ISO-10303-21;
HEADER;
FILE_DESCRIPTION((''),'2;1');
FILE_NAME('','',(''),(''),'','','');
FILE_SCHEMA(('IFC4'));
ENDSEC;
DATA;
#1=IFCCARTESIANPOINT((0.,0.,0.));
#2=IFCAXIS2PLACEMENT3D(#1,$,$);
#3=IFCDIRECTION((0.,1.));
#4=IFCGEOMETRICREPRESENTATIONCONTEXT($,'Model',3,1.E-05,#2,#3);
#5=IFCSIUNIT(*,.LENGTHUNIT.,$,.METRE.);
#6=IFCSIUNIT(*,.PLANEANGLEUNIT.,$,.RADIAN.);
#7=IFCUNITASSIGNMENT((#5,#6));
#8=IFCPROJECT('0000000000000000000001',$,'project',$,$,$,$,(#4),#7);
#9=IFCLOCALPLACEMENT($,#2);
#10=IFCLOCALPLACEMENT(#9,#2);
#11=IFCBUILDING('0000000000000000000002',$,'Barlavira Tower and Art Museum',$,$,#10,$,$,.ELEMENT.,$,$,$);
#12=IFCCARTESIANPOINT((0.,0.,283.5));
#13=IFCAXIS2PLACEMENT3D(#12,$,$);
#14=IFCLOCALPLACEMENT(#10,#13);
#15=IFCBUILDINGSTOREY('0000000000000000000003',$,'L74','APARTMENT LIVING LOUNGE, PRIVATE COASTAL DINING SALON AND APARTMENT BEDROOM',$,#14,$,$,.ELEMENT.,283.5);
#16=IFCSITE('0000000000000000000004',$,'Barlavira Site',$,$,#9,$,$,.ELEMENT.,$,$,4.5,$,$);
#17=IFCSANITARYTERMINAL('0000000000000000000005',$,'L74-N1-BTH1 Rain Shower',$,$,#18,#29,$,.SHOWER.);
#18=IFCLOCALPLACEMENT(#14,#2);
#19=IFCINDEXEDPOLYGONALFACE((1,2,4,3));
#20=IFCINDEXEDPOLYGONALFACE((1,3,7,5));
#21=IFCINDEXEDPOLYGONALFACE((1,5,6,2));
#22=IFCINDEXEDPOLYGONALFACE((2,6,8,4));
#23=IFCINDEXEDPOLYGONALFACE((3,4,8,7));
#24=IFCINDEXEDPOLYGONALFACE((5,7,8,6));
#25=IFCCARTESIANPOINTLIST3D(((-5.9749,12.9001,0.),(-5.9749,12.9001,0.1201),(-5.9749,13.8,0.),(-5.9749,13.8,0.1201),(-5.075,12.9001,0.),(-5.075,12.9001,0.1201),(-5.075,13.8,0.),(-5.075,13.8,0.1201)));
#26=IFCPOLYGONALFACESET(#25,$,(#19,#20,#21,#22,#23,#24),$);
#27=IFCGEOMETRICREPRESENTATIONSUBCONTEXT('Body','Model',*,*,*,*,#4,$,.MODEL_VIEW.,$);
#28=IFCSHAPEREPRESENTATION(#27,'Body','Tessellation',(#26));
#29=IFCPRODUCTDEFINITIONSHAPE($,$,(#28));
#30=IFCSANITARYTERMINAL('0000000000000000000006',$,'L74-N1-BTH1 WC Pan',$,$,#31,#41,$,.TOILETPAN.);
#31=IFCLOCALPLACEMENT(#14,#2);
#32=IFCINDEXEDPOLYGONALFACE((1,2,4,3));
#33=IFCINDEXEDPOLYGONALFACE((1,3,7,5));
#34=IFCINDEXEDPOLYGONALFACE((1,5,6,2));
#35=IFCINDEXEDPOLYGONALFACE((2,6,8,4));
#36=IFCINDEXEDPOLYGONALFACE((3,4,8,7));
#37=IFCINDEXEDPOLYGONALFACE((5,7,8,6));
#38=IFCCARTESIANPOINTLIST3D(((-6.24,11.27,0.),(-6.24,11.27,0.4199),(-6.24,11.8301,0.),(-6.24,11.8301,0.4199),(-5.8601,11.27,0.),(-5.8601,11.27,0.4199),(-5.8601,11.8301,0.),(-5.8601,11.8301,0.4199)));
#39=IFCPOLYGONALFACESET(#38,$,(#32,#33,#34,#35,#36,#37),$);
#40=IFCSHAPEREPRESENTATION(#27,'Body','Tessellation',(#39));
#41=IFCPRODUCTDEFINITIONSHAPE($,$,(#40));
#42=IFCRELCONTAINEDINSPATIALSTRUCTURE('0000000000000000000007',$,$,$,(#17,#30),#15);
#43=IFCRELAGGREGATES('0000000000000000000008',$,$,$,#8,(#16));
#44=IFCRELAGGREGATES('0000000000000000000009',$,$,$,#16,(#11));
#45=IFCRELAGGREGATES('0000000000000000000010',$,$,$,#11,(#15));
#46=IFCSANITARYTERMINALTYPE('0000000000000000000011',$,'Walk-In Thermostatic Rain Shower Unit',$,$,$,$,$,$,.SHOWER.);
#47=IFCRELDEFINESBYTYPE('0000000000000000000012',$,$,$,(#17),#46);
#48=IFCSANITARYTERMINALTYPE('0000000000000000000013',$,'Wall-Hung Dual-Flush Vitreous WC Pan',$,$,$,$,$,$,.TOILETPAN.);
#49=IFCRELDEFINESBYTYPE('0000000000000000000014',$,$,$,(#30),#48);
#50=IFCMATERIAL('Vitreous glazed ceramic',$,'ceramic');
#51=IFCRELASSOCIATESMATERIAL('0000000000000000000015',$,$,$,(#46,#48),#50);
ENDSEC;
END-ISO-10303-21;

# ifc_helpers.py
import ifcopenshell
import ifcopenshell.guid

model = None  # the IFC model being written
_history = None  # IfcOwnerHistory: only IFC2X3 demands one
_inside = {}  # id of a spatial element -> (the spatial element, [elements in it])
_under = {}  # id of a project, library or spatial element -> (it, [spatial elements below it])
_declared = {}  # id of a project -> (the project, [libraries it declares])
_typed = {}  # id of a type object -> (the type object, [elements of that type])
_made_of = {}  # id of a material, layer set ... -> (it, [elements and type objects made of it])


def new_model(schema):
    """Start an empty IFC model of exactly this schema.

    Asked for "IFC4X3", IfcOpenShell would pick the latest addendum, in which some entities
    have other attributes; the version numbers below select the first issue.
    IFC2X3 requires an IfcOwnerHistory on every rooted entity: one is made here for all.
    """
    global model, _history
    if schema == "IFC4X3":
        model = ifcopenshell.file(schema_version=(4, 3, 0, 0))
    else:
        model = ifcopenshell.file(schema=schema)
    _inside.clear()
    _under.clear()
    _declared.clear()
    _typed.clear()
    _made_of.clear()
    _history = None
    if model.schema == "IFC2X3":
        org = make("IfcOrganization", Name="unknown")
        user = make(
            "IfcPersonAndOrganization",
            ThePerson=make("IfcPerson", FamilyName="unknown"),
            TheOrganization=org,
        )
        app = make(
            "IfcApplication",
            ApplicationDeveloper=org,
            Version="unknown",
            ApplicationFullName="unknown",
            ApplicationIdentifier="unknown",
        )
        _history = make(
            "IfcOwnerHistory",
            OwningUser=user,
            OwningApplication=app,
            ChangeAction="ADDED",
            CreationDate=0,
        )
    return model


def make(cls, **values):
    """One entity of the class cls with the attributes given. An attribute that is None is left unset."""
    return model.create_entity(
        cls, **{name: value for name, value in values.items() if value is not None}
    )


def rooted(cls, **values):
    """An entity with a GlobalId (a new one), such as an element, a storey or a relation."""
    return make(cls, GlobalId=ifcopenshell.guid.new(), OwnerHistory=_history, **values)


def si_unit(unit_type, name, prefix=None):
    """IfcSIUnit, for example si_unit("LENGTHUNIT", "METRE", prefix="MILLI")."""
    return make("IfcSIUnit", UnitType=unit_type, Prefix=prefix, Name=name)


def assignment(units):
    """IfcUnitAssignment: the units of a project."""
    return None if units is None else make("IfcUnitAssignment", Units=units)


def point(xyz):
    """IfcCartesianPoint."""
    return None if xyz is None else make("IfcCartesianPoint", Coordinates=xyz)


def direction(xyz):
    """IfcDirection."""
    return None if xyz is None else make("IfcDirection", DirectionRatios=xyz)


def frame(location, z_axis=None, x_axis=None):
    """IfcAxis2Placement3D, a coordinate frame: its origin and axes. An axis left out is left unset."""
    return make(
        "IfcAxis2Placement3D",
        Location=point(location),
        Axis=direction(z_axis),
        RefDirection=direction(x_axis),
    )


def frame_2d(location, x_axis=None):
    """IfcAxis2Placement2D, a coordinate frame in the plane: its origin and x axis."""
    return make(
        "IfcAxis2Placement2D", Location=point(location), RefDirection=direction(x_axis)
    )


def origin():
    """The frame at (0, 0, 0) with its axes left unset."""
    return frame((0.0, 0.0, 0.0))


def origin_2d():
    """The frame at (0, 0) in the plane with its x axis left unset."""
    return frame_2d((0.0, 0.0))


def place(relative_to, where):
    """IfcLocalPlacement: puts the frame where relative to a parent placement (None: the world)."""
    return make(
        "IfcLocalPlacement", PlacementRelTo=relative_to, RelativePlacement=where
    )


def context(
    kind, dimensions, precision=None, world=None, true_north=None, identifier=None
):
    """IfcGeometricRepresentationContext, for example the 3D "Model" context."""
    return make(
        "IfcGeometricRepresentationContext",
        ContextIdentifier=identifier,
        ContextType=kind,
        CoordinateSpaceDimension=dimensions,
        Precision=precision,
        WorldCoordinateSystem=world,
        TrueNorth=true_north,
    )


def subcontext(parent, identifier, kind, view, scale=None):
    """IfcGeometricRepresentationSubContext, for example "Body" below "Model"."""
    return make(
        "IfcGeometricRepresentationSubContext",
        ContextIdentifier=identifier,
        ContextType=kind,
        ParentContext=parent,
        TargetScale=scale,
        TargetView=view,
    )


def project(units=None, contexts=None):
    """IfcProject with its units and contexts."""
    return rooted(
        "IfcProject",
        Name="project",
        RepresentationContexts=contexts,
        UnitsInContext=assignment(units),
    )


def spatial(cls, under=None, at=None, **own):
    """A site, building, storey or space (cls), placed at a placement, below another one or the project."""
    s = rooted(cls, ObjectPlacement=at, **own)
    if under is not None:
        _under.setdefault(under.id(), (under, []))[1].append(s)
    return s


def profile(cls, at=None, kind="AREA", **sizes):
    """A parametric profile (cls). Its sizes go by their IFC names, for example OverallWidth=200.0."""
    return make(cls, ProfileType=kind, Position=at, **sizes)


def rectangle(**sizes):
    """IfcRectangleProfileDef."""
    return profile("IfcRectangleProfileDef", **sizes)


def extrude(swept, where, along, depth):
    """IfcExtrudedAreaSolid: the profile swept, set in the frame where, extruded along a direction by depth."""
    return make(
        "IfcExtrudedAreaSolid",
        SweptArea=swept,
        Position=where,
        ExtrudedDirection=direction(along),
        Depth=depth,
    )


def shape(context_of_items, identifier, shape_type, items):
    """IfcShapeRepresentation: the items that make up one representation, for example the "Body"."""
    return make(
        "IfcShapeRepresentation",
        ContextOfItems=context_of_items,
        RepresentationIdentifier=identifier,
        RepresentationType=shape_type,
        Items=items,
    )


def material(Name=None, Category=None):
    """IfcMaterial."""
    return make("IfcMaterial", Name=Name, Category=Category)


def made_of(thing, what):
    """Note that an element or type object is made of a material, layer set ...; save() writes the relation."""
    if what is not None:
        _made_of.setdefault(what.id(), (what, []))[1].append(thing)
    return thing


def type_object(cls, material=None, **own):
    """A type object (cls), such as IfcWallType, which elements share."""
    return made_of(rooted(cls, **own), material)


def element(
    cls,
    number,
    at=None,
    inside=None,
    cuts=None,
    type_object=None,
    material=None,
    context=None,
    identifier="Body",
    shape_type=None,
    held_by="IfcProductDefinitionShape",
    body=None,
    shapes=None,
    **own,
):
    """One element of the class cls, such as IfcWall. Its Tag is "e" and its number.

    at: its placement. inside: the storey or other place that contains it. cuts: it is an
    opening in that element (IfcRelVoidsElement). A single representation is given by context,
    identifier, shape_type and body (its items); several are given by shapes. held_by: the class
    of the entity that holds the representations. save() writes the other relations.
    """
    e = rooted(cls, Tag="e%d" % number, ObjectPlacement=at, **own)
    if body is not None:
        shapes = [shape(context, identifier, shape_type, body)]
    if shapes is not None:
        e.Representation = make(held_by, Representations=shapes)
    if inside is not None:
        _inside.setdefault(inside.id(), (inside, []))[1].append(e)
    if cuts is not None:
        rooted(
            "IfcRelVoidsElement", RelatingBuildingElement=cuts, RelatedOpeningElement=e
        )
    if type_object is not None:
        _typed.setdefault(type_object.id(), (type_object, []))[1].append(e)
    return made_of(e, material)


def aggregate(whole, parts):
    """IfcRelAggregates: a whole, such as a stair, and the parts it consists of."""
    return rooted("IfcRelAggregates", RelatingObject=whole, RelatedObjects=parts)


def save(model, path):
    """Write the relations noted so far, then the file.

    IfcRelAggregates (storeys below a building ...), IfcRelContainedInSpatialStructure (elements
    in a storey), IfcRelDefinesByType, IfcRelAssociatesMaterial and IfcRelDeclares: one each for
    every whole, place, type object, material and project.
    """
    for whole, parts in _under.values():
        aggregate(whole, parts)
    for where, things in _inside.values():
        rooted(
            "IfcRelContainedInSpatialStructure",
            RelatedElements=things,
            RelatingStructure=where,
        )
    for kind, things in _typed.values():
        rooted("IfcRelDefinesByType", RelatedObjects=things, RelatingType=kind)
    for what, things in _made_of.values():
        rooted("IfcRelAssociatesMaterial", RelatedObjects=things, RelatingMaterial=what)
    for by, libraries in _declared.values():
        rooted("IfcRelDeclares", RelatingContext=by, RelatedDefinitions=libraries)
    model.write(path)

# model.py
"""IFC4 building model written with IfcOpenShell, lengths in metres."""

from ifc_helpers import new_model, si_unit, direction, frame, origin, origin_2d, place, context, subcontext, project, spatial, rectangle, extrude, material, type_object, element, save


model = new_model("IFC4")

# Units and contexts
model_context = context("Model", 3, precision=1e-05, world=origin(), true_north=direction((0.0, 1.0)))
body_context = subcontext(model_context, "Body", "Model", "MODEL_VIEW")
ifc_project = project(units=[si_unit("LENGTHUNIT", "METRE"), si_unit("PLANEANGLEUNIT", "RADIAN")], contexts=[model_context])

# Site, building, storey
site_placement = place(None, origin())
site = spatial("IfcSite", under=ifc_project, at=site_placement, Name="Barlavira Site", CompositionType="ELEMENT", RefElevation=4.5)
building_placement = place(site_placement, origin())
building = spatial("IfcBuilding", under=site, at=building_placement, Name="Barlavira Tower and Art Museum", CompositionType="ELEMENT")
storey_placement = place(building_placement, frame((0.0, 0.0, 283.5)))
storey = spatial("IfcBuildingStorey", under=building, at=storey_placement, Name="L74", Description="APARTMENT LIVING LOUNGE, PRIVATE COASTAL DINING SALON AND APARTMENT BEDROOM", CompositionType="ELEMENT", Elevation=283.5)

# Sanitary terminals
ifc_material_1 = material(Name="Vitreous glazed ceramic", Category="ceramic")
sanitary_terminal_type_1 = type_object("IfcSanitaryTerminalType", Name="Walk-In Thermostatic Rain Shower Unit", PredefinedType="SHOWER", material=ifc_material_1)
sanitary_terminal_1_placement = place(storey_placement, frame((-5.5249, 13.3501, 0.0), z_axis=(0.0, 0.0, 1.0), x_axis=(1.0, 0.0, 0.0)))
element("IfcSanitaryTerminal", 1, at=sanitary_terminal_1_placement, inside=storey, type_object=sanitary_terminal_type_1, Name="L74-N1-BTH1 Rain Shower", PredefinedType="SHOWER", context=body_context, shape_type="SweptSolid", body=[
    extrude(rectangle(XDim=0.8999, YDim=0.8999, at=origin_2d()), origin(), (0.0, 0.0, 1.0), 0.1201),
])
sanitary_terminal_type_2 = type_object("IfcSanitaryTerminalType", Name="Wall-Hung Dual-Flush Vitreous WC Pan", PredefinedType="TOILETPAN", material=ifc_material_1)
sanitary_terminal_2_placement = place(storey_placement, frame((-6.05, 11.55, 0.0), z_axis=(0.0, 0.0, 1.0), x_axis=(1.0, 0.0, 0.0)))
element("IfcSanitaryTerminal", 2, at=sanitary_terminal_2_placement, inside=storey, type_object=sanitary_terminal_type_2, Name="L74-N1-BTH1 WC Pan", PredefinedType="TOILETPAN", context=body_context, shape_type="SweptSolid", body=[
    extrude(rectangle(XDim=0.3799, YDim=0.5601, at=origin_2d()), origin(), (0.0, 0.0, 1.0), 0.4199),
])

save(model, "model.ifc")
